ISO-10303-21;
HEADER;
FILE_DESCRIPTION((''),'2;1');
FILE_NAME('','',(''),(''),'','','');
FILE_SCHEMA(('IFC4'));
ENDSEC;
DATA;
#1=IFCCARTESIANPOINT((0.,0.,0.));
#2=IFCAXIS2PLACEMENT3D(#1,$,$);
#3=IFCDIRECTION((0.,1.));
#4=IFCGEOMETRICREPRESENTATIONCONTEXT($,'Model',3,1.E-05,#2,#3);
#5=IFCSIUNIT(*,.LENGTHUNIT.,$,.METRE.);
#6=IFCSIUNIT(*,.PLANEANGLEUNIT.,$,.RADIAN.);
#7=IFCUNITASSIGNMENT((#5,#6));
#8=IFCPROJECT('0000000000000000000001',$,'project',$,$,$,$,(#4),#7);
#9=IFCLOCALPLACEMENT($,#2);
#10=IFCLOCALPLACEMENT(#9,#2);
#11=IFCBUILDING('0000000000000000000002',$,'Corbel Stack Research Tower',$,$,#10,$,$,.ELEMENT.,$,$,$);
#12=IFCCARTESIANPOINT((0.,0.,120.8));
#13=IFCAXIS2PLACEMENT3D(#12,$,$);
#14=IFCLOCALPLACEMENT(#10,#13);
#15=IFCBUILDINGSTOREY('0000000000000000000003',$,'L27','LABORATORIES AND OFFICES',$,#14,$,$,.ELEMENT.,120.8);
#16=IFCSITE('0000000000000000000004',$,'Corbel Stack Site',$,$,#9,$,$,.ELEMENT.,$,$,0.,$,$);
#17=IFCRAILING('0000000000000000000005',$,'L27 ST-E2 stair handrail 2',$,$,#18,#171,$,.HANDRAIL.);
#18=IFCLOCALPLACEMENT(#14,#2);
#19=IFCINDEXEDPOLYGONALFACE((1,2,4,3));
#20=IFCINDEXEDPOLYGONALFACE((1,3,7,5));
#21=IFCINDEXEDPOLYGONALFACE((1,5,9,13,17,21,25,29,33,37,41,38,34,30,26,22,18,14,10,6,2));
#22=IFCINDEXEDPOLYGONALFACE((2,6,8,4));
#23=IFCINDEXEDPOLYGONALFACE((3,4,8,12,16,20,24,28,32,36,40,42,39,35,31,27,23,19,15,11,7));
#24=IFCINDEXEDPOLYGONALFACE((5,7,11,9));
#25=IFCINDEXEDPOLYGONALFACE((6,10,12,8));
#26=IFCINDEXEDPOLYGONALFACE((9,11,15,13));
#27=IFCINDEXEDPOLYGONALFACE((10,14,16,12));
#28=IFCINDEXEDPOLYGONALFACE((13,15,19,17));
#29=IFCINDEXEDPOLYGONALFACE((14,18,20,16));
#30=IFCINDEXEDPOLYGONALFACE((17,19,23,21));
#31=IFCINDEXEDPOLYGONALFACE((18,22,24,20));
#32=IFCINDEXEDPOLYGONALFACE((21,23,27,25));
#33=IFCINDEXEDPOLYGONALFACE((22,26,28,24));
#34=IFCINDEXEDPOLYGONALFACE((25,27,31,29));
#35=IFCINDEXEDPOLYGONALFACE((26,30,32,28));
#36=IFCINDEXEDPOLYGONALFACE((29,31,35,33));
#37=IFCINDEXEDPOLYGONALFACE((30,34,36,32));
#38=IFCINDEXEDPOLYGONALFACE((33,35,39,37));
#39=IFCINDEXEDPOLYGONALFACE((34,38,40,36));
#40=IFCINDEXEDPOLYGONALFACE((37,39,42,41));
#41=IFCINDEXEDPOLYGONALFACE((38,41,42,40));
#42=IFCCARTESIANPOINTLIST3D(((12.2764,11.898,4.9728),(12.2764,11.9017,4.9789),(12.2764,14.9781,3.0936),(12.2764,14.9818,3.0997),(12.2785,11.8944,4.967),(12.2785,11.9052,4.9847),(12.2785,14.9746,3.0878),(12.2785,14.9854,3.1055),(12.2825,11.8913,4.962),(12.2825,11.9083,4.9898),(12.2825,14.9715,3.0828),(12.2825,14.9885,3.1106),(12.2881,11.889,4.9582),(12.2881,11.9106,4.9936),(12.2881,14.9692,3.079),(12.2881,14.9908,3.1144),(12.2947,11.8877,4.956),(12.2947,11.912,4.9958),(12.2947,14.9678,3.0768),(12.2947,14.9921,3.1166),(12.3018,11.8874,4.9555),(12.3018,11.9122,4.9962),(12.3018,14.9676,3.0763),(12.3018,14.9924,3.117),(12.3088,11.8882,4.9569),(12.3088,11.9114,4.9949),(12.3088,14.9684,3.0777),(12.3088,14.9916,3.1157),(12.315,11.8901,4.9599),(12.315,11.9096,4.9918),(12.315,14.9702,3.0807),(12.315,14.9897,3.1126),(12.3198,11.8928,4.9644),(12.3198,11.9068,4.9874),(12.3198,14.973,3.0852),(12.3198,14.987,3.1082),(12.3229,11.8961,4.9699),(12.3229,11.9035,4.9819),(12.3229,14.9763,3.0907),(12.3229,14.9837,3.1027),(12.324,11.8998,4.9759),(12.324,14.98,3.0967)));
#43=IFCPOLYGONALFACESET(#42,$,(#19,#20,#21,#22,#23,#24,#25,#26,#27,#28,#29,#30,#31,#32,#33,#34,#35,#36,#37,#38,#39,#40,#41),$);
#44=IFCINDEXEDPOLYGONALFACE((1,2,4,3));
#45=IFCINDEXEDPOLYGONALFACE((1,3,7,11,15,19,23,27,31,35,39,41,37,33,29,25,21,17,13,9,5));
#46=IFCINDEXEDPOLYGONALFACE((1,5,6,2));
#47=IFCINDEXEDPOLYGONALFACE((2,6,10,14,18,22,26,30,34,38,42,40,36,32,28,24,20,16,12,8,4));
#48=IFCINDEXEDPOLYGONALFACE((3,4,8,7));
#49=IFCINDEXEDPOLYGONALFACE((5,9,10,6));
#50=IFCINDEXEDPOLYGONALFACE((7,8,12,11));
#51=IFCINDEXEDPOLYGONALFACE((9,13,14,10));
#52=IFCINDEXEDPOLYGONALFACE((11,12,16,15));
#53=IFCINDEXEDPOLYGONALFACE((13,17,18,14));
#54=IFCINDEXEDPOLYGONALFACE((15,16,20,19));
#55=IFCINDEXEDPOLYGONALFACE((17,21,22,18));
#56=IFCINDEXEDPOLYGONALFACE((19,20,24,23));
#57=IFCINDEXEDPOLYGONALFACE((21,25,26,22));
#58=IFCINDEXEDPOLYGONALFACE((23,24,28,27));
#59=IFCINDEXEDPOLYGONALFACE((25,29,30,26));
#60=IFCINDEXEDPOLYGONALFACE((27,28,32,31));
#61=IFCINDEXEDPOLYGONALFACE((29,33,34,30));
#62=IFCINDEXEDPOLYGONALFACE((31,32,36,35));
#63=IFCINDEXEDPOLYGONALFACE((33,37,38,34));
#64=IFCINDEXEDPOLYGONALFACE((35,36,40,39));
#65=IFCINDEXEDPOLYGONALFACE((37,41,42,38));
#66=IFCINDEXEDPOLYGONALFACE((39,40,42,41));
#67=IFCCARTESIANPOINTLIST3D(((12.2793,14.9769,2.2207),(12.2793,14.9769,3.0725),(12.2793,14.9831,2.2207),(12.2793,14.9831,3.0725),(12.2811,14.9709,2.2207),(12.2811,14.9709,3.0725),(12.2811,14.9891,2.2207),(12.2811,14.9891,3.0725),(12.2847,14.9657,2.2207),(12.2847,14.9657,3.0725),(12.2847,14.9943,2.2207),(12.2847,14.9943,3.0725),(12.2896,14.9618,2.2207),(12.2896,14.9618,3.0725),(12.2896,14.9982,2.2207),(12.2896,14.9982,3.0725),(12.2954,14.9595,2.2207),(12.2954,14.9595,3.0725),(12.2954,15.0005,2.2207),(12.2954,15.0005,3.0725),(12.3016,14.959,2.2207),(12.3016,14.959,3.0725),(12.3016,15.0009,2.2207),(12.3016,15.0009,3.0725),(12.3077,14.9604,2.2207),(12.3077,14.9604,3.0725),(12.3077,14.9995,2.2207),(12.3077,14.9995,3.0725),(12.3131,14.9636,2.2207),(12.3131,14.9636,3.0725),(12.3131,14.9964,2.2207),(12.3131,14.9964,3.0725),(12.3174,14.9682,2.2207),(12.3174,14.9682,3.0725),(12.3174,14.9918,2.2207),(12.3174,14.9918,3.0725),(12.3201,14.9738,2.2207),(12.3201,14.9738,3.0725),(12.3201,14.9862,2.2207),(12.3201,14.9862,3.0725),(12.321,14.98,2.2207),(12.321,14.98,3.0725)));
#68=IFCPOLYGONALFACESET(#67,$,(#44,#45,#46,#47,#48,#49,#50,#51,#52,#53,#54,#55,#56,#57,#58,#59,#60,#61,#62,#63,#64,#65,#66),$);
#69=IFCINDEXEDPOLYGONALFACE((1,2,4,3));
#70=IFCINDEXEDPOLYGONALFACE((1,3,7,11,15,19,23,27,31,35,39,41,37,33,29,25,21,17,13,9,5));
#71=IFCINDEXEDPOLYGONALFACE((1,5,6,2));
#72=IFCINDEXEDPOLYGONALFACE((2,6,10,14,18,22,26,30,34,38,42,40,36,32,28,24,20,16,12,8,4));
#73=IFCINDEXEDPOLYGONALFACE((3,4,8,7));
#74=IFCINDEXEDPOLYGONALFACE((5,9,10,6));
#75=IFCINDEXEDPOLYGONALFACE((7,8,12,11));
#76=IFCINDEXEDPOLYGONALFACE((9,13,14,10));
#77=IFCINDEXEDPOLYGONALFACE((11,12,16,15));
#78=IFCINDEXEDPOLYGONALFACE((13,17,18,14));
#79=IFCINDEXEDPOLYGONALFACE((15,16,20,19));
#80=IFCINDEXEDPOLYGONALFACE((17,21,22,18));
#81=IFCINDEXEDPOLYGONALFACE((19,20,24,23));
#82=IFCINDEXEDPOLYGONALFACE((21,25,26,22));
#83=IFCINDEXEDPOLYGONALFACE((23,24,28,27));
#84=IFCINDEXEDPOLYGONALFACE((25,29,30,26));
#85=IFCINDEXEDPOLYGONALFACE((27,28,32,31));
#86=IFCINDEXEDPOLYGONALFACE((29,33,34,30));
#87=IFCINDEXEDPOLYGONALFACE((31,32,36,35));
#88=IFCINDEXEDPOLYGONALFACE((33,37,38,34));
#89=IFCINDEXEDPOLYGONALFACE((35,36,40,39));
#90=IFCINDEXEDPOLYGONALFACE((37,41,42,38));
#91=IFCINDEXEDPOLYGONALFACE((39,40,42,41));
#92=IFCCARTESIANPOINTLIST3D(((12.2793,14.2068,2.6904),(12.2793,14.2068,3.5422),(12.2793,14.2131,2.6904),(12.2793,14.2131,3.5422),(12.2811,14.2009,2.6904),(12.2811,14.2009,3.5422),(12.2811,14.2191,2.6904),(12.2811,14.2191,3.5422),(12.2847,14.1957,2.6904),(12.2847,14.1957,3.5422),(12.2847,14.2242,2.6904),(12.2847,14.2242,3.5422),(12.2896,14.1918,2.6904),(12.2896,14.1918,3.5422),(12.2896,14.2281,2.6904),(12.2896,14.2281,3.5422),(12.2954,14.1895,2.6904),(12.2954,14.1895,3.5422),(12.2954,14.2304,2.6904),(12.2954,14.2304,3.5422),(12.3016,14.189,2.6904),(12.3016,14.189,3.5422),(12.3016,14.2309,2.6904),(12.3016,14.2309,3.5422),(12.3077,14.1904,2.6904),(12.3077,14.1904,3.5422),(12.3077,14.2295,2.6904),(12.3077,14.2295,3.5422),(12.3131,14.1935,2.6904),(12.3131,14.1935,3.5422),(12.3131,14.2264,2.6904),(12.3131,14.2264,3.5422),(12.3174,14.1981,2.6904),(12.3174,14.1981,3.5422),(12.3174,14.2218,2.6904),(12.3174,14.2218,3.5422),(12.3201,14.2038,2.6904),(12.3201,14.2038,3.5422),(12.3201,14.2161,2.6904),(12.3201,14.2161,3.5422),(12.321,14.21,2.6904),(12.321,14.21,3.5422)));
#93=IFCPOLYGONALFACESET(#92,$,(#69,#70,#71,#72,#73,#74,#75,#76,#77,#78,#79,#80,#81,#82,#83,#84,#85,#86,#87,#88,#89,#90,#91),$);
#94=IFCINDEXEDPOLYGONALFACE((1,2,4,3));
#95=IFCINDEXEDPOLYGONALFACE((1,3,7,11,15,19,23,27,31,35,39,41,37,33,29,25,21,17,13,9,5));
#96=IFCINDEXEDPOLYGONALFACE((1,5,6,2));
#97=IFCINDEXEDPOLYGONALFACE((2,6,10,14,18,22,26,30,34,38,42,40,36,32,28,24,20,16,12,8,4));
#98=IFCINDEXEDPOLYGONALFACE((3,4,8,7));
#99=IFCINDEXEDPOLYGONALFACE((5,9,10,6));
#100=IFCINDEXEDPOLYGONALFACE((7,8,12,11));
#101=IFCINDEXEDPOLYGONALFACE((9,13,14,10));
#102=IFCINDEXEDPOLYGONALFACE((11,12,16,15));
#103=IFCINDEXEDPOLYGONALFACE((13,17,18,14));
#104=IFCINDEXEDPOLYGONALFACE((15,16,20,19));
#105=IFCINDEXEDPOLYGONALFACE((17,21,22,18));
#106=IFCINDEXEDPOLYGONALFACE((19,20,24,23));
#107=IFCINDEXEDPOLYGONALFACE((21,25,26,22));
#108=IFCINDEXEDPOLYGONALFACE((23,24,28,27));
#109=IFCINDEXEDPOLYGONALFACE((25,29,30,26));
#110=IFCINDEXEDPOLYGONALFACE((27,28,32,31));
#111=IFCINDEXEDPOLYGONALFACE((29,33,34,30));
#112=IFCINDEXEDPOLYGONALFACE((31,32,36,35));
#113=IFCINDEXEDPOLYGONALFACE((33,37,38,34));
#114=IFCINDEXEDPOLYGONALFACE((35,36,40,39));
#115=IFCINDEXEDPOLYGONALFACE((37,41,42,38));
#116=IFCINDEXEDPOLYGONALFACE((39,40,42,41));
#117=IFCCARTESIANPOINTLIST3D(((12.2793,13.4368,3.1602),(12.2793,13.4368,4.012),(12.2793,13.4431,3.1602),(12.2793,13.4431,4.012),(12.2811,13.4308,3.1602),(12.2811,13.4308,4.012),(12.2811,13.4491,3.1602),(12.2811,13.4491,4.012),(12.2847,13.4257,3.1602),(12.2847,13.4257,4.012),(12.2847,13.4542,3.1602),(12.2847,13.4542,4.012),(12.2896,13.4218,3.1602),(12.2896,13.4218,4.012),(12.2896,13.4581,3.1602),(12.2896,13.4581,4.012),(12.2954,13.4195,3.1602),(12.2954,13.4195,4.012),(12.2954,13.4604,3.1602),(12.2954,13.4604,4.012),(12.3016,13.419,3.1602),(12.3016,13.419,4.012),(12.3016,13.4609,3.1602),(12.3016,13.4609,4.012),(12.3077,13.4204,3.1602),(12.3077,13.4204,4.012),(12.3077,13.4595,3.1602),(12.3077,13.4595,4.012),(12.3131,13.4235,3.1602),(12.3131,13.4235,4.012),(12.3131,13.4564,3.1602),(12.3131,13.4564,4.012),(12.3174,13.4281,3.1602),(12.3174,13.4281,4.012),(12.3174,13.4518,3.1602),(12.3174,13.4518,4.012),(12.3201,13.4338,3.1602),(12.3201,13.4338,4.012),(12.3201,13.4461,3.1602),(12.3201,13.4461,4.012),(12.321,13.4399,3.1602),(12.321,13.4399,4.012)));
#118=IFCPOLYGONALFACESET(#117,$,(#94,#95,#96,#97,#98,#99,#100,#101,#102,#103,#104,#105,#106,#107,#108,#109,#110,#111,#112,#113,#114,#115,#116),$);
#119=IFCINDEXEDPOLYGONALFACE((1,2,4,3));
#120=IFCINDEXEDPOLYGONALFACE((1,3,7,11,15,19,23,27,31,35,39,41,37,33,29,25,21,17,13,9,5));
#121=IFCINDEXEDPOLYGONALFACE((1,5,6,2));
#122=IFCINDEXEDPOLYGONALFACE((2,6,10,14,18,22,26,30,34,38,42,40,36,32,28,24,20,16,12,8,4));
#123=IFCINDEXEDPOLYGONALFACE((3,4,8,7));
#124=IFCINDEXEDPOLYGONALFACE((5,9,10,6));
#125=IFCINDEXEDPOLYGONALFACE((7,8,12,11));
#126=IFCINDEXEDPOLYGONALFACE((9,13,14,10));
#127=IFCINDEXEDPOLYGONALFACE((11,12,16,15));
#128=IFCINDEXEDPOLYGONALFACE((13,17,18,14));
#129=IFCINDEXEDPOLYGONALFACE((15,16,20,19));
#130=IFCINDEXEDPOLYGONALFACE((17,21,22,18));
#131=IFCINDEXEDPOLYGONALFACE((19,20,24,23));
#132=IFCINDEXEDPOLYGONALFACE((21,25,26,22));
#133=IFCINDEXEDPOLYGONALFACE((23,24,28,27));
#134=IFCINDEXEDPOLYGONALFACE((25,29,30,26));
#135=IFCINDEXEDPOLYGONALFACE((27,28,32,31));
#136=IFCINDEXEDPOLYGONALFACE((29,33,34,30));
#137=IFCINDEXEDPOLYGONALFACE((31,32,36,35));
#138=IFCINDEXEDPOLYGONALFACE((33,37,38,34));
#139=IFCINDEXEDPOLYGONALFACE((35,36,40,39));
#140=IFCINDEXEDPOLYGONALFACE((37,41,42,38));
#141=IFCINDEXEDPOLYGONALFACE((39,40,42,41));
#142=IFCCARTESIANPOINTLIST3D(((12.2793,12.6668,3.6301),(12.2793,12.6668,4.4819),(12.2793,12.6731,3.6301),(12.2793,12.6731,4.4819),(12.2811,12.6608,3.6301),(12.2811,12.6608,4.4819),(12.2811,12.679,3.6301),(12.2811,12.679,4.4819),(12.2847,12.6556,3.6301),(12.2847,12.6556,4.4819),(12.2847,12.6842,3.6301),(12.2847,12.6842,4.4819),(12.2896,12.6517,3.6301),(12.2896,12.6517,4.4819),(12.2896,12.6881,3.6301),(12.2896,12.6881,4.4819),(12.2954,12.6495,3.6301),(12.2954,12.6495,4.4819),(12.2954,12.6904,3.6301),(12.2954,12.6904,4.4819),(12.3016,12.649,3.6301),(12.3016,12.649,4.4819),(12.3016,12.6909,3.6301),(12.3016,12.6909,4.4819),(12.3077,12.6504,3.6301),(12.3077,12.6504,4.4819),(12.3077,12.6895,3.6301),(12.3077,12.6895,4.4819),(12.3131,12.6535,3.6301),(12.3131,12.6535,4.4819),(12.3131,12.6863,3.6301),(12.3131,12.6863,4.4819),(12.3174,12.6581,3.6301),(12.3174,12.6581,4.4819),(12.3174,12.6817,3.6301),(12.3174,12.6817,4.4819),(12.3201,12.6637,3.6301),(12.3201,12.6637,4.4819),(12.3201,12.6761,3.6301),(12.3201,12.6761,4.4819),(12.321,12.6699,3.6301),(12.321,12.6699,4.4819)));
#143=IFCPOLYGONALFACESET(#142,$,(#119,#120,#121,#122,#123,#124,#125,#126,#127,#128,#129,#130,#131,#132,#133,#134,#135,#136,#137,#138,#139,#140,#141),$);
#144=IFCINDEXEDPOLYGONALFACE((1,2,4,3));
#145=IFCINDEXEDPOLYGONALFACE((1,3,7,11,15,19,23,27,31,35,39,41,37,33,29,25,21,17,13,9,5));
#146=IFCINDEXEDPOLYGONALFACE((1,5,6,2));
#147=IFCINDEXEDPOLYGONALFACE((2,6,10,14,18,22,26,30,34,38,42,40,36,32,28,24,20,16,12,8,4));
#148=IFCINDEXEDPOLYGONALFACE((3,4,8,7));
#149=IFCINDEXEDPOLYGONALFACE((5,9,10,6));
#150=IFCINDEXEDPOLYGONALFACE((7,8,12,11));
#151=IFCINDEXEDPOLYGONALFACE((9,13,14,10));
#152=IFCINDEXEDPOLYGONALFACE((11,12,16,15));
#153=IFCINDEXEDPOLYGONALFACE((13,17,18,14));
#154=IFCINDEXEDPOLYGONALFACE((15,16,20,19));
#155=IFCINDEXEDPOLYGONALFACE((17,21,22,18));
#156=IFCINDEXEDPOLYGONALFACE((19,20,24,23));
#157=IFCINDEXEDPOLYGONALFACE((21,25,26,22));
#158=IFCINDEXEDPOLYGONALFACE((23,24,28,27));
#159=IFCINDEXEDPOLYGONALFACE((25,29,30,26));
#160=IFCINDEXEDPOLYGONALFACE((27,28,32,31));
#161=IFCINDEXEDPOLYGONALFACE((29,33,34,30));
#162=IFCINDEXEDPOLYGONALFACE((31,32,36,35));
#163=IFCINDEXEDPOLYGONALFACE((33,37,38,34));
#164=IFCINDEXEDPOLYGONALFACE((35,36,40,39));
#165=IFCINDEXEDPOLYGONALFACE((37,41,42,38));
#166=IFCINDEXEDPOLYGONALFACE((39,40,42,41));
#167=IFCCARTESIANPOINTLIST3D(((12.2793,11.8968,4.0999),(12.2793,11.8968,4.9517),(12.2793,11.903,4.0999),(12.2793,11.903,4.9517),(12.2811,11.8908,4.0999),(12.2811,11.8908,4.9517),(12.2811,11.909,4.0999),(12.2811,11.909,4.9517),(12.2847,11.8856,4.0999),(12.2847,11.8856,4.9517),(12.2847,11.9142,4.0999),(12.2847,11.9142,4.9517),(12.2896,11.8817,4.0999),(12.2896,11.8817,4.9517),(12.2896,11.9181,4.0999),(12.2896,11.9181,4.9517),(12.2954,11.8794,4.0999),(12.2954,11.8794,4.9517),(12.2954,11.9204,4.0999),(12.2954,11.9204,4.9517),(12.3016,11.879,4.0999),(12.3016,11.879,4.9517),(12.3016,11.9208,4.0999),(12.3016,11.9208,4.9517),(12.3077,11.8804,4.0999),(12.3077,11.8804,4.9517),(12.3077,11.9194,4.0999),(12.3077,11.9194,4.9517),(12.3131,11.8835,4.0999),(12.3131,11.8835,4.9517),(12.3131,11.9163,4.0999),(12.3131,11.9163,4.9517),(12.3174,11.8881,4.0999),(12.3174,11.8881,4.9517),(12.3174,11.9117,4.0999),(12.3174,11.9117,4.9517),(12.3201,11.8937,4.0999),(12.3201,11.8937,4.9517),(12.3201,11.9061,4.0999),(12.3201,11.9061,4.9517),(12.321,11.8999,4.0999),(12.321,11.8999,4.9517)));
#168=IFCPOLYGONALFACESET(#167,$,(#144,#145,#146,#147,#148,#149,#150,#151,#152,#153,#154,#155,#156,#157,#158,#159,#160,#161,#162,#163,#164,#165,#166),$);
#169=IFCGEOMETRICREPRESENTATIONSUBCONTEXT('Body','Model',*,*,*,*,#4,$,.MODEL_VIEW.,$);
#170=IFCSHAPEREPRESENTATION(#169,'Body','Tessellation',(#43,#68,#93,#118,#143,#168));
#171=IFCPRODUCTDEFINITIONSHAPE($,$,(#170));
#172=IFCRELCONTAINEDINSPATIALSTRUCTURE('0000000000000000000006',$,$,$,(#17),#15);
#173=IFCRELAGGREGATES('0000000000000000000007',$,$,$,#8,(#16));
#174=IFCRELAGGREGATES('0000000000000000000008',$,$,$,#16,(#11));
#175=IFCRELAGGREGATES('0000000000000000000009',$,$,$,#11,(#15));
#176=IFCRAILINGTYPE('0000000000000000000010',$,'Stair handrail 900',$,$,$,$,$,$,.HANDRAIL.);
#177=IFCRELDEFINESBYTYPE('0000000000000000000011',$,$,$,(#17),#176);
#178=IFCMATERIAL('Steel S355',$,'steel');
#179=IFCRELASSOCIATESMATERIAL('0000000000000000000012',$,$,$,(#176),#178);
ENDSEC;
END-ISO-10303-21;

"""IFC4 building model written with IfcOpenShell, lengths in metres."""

from ifc_helpers import new_model, si_unit, direction, frame, origin, origin_2d, place, context, subcontext, project, spatial, circle, extrude, material, type_object, element, save


model = new_model("IFC4")

# Units and contexts
model_context = context("Model", 3, precision=1e-05, world=origin(), true_north=direction((0.0, 1.0)))
body_context = subcontext(model_context, "Body", "Model", "MODEL_VIEW")
ifc_project = project(units=[si_unit("LENGTHUNIT", "METRE"), si_unit("PLANEANGLEUNIT", "RADIAN")], contexts=[model_context])

# Site, building, storey
site_placement = place(None, origin())
site = spatial("IfcSite", under=ifc_project, at=site_placement, Name="Corbel Stack Site", CompositionType="ELEMENT", RefElevation=0.0)
building_placement = place(site_placement, origin())
building = spatial("IfcBuilding", under=site, at=building_placement, Name="Corbel Stack Research Tower", CompositionType="ELEMENT")
storey_placement = place(building_placement, frame((0.0, 0.0, 120.8)))
storey = spatial("IfcBuildingStorey", under=building, at=storey_placement, Name="L27", Description="LABORATORIES AND OFFICES", CompositionType="ELEMENT", Elevation=120.8)

# Railing
ifc_material_1 = material(Name="Steel S355", Category="steel")
railing_type_1 = type_object("IfcRailingType", Name="Stair handrail 900", PredefinedType="HANDRAIL", material=ifc_material_1)
railing_1_placement = place(storey_placement, frame((12.3, 14.98, 2.2207)))
element("IfcRailing", 1, at=railing_1_placement, inside=storey, type_object=railing_type_1, Name="L27 ST-E2 stair handrail 2", PredefinedType="HANDRAIL", context=body_context, shape_type="SweptSolid", body=[
    extrude(circle(Radius=0.0239, at=origin_2d()), frame((0.0, 0.0, 0.876), z_axis=(0.0, -0.853666, 0.52082), x_axis=(1.0, 0.0, 0.0)), (0.0, 0.0, 1.0), 3.6082),
    extrude(circle(Radius=0.021, at=origin_2d()), origin(), (0.0, 0.0, 1.0), 0.8518),
    extrude(circle(Radius=0.021, at=origin_2d()), frame((0.0, -0.77, 0.4697)), (0.0, 0.0, 1.0), 0.8518),
    extrude(circle(Radius=0.021, at=origin_2d()), frame((0.0, -1.54, 0.9395)), (0.0, 0.0, 1.0), 0.8518),
    extrude(circle(Radius=0.021, at=origin_2d()), frame((0.0, -2.3101, 1.4094)), (0.0, 0.0, 1.0), 0.8518),
    extrude(circle(Radius=0.021, at=origin_2d()), frame((0.0, -3.0801, 1.8792)), (0.0, 0.0, 1.0), 0.8518),
])

save(model, "model.ifc")
